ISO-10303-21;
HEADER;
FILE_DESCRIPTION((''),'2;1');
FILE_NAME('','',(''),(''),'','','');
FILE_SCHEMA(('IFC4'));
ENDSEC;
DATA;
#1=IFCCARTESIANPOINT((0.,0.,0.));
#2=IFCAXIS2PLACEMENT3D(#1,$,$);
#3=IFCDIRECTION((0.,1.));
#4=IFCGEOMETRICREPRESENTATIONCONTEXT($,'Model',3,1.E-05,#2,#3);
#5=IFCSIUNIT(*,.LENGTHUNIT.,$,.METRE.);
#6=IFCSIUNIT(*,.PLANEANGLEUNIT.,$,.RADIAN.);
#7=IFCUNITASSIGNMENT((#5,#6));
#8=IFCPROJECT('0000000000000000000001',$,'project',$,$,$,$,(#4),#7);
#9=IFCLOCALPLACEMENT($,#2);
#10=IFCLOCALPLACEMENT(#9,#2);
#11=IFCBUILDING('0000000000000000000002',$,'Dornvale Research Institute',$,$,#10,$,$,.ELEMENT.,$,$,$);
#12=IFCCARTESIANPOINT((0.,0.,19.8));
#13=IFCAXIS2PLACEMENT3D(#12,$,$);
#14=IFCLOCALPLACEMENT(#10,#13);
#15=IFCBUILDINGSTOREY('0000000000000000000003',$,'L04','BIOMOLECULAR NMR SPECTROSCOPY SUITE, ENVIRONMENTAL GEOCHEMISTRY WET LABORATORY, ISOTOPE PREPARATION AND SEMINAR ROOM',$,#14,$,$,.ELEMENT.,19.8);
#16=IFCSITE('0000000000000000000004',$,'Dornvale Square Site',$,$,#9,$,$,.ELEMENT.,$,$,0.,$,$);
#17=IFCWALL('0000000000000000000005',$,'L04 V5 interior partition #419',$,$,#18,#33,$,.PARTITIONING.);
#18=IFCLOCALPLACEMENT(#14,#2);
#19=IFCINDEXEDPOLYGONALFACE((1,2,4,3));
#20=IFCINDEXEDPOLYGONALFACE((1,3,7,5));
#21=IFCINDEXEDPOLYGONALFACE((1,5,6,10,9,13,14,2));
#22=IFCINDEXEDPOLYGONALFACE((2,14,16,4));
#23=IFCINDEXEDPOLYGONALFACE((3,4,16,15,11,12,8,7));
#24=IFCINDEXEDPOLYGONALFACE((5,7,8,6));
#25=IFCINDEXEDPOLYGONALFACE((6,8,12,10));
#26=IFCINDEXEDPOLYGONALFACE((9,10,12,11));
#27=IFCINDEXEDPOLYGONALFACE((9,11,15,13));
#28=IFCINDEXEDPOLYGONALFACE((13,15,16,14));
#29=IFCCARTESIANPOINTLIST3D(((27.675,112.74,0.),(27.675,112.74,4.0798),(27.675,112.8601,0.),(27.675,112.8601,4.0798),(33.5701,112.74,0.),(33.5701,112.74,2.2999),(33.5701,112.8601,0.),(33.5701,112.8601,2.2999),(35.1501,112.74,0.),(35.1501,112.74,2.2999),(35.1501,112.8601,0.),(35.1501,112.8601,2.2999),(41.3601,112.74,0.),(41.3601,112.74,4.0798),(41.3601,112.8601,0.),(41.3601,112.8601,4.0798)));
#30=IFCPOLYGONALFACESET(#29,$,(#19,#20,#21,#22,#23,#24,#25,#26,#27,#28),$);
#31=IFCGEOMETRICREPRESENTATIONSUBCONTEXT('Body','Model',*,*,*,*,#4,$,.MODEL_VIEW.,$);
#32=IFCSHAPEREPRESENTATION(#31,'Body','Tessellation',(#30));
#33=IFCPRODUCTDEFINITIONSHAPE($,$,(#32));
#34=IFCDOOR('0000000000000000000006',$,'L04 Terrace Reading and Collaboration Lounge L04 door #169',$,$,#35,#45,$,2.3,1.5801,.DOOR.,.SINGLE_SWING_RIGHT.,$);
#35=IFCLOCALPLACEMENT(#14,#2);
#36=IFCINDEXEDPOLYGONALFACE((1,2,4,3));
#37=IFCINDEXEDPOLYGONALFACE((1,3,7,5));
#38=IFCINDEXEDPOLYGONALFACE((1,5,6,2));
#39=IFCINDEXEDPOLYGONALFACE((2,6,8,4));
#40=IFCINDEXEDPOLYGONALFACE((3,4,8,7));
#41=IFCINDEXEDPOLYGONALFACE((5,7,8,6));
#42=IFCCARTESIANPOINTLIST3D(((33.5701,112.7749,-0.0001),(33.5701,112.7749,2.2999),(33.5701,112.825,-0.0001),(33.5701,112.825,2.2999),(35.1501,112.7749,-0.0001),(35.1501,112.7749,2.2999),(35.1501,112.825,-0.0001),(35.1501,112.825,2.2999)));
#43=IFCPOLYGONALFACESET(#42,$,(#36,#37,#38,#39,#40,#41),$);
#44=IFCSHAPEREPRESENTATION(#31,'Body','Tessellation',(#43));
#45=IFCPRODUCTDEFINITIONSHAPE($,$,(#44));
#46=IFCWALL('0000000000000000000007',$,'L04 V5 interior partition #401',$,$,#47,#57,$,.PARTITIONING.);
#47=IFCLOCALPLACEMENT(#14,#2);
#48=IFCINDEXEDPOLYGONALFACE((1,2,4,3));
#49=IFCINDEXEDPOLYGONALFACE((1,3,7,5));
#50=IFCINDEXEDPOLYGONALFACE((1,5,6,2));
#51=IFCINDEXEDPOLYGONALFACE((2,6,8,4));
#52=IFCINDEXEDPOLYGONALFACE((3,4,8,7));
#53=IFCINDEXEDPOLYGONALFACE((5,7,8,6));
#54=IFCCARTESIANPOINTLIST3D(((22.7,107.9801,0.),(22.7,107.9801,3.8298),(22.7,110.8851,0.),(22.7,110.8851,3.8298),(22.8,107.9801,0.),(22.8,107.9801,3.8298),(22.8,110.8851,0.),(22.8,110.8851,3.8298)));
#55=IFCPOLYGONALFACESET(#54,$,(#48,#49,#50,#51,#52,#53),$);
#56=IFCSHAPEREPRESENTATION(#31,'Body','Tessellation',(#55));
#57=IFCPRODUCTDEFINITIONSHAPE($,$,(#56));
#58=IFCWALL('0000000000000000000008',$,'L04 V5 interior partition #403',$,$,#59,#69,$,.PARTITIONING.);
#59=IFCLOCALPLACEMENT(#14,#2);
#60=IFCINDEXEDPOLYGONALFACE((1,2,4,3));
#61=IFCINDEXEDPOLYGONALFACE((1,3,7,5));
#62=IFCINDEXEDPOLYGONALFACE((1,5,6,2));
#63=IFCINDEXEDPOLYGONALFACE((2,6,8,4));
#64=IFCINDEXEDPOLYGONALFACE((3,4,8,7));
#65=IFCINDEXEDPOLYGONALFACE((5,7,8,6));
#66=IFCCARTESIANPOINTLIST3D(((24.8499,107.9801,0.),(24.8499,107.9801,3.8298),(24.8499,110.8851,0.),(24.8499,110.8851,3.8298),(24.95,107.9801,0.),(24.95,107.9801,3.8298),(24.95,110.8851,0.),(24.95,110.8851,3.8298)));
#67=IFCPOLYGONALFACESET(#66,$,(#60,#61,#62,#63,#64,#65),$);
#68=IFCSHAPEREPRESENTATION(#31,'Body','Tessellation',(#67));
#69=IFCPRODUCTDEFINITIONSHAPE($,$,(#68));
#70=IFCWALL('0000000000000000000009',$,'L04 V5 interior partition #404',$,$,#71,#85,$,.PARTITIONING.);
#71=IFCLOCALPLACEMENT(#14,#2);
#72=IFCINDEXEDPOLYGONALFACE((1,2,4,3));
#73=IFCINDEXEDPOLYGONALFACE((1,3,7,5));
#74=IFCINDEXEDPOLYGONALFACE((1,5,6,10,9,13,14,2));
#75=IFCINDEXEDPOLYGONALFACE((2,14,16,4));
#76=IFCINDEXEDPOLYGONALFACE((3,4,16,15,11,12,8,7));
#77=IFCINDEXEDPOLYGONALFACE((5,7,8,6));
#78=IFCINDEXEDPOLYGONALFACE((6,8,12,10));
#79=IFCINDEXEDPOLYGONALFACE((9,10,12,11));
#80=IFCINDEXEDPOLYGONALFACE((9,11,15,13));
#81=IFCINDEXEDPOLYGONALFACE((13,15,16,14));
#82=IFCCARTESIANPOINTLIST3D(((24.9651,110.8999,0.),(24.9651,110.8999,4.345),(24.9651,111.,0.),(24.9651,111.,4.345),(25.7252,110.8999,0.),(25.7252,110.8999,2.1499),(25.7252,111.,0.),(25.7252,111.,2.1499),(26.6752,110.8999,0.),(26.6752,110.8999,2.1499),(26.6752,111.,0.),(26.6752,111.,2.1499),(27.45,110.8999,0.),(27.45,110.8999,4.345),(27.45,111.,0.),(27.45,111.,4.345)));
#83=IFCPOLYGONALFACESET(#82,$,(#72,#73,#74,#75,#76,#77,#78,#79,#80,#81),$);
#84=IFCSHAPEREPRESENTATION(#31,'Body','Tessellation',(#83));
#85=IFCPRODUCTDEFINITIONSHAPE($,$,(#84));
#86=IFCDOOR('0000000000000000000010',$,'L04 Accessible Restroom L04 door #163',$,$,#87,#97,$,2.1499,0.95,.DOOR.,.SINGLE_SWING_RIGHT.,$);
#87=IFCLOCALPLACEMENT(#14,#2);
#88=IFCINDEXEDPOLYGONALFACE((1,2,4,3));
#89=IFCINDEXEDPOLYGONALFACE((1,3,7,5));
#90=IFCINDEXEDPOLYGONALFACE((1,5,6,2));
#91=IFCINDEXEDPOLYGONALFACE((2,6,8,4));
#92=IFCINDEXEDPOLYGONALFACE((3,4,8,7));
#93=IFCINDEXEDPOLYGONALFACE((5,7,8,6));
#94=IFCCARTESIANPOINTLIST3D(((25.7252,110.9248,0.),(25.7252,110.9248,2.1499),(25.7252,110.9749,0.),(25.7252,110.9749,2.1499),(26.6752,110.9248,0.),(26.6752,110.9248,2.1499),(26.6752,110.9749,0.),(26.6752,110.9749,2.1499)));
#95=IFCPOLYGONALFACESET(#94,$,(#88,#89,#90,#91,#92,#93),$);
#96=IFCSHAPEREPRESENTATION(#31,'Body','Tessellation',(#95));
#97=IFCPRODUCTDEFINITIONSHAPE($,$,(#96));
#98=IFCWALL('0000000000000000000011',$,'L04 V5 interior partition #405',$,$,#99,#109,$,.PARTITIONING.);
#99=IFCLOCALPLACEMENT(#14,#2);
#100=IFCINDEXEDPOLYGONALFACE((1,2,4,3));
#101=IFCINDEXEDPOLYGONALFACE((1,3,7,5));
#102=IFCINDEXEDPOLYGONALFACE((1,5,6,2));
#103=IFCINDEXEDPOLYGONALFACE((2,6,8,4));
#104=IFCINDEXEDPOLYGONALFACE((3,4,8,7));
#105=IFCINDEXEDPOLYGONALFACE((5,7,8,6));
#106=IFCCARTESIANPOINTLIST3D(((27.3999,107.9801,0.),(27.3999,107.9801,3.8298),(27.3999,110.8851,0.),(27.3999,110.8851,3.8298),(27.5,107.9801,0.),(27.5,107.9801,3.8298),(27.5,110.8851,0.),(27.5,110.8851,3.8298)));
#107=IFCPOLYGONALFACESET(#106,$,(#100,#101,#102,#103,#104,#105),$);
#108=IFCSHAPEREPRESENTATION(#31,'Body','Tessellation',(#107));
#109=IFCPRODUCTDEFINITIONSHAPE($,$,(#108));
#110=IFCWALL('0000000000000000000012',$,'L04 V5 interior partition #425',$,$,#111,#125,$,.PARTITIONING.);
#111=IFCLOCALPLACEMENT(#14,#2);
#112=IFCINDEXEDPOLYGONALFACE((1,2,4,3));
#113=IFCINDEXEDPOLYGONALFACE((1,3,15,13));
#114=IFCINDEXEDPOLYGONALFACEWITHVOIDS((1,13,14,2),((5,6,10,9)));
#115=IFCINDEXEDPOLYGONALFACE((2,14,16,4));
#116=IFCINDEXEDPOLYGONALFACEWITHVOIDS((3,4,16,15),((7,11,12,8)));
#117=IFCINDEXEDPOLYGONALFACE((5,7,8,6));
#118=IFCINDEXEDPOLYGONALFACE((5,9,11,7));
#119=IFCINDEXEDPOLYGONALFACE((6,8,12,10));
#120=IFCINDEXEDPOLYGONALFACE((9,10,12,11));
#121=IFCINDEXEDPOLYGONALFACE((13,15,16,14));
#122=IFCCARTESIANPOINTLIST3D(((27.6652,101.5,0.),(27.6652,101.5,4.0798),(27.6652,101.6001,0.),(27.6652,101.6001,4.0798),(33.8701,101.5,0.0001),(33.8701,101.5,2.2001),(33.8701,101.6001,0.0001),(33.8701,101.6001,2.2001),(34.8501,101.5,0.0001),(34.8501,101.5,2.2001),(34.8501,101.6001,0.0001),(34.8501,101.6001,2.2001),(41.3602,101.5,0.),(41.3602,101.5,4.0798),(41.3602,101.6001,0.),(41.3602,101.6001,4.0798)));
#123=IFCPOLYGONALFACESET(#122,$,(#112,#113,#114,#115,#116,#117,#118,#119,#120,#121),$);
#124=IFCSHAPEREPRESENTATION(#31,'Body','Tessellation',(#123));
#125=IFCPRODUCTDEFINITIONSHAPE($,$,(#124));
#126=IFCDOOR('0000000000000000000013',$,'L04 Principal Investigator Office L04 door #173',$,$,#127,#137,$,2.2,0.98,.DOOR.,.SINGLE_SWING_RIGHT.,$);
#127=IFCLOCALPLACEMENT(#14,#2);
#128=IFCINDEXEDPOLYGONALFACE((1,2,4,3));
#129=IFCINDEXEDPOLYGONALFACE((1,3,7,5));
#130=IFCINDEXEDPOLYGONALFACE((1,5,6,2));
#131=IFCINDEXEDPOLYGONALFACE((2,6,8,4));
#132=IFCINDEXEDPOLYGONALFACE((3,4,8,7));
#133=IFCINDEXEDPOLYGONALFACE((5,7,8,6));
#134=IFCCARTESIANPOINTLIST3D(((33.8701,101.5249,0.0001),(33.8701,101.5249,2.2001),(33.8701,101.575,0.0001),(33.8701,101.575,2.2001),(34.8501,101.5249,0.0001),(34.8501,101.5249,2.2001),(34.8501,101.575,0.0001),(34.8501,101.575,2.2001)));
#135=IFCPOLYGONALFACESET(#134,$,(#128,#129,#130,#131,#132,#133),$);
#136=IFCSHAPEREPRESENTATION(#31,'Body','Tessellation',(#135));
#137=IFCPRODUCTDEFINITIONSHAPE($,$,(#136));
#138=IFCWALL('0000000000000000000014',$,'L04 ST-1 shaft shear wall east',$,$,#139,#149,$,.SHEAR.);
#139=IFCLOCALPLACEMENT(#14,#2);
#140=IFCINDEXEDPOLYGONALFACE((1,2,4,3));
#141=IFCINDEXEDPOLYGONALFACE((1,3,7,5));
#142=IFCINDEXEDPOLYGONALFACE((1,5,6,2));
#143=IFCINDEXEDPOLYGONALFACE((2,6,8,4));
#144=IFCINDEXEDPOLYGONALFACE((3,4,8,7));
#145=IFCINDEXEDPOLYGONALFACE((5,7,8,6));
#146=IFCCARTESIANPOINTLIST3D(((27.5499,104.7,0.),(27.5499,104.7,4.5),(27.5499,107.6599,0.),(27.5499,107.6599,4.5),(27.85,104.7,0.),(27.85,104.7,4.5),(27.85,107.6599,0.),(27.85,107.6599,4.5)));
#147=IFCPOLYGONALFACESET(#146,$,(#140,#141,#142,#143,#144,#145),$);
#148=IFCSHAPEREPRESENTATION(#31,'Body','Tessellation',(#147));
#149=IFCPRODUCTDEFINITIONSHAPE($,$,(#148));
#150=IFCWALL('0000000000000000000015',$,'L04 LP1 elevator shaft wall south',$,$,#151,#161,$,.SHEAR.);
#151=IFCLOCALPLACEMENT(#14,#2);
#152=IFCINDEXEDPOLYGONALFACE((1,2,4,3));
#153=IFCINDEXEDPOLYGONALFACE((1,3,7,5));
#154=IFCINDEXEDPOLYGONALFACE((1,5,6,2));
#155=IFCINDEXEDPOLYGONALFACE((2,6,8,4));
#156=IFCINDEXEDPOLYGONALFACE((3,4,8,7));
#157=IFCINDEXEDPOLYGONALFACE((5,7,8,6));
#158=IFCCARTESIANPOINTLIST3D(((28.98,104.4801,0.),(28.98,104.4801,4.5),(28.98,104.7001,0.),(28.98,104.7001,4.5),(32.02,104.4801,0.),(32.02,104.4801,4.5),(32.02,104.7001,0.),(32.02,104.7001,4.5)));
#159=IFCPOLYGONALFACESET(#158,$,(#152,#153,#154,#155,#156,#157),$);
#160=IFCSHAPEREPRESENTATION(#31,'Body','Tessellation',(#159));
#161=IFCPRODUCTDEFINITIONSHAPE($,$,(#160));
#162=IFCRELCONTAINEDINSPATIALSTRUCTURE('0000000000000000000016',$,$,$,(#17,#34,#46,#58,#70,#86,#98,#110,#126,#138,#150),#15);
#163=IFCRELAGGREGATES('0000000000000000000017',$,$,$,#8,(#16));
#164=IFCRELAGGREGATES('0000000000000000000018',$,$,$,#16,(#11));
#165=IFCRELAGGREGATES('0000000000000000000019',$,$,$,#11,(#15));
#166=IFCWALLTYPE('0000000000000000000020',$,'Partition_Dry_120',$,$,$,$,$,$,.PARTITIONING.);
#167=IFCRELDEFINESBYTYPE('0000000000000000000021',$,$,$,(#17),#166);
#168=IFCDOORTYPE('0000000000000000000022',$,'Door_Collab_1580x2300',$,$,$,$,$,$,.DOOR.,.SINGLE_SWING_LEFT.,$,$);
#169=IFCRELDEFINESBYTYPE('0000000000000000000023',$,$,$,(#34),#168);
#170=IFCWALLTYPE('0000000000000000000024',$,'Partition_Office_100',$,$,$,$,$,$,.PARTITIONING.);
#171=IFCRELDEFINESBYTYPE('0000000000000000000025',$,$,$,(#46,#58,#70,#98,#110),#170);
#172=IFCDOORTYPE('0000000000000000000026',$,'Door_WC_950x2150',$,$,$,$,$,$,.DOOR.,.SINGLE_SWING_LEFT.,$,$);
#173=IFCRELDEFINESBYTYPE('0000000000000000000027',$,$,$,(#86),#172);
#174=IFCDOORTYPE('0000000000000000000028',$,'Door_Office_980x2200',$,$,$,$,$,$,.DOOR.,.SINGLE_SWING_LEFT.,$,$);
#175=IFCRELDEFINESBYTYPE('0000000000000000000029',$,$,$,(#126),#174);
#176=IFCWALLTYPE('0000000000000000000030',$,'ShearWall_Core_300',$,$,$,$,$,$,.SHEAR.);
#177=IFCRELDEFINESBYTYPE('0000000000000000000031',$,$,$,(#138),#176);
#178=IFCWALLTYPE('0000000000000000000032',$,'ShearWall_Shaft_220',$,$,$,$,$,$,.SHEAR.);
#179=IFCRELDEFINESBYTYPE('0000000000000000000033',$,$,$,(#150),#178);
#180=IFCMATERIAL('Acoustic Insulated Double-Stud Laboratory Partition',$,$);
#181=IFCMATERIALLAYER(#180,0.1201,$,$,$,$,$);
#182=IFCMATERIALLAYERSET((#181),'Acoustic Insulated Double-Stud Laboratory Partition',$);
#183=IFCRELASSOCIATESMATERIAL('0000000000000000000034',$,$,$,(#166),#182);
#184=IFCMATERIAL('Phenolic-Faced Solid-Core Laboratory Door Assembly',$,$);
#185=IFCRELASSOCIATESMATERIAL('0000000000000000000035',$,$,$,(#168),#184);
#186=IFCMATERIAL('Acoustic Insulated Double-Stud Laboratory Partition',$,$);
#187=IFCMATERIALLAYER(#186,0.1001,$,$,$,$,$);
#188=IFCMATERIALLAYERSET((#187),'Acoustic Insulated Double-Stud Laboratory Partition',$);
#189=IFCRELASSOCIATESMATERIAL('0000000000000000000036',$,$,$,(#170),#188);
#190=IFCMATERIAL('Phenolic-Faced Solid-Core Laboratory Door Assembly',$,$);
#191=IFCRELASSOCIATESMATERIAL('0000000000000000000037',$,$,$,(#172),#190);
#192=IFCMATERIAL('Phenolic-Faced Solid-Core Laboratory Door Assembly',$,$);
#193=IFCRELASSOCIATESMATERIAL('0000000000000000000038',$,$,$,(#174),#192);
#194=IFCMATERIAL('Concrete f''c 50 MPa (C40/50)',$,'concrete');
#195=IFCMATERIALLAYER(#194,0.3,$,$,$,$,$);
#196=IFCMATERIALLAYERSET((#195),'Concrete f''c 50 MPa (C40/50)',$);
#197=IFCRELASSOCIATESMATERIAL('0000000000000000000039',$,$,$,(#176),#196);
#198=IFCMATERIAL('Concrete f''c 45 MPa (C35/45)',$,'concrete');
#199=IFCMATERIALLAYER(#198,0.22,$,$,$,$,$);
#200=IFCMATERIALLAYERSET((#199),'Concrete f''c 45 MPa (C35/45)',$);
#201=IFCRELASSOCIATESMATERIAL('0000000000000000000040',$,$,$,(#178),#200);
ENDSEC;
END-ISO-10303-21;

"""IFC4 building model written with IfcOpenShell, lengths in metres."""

from ifc_helpers import new_model, si_unit, direction, frame, frame_2d, origin, place, context, subcontext, project, spatial, rectangle, extrude, material, layer, layer_set, type_object, element, fill, save


model = new_model("IFC4")

# Units and contexts
model_context = context("Model", 3, precision=1e-05, world=origin(), true_north=direction((0.0, 1.0)))
body_context = subcontext(model_context, "Body", "Model", "MODEL_VIEW")
ifc_project = project(units=[si_unit("LENGTHUNIT", "METRE"), si_unit("PLANEANGLEUNIT", "RADIAN")], contexts=[model_context])

# Site, building, storey
site_placement = place(None, origin())
site = spatial("IfcSite", under=ifc_project, at=site_placement, Name="Dornvale Square Site", CompositionType="ELEMENT", RefElevation=0.0)
building_placement = place(site_placement, origin())
building = spatial("IfcBuilding", under=site, at=building_placement, Name="Dornvale Research Institute", CompositionType="ELEMENT")
storey_placement = place(building_placement, frame((0.0, 0.0, 19.8)))
storey = spatial("IfcBuildingStorey", under=building, at=storey_placement, Name="L04", Description="BIOMOLECULAR NMR SPECTROSCOPY SUITE, ENVIRONMENTAL GEOCHEMISTRY WET LABORATORY, ISOTOPE PREPARATION AND SEMINAR ROOM", CompositionType="ELEMENT", Elevation=19.8)

# Shared definitions
ifc_material_1 = material(Name="Acoustic Insulated Double-Stud Laboratory Partition")
ifc_layer_1 = layer(ifc_material_1, 0.1201)
ifc_layer_set_1 = layer_set([ifc_layer_1], Name="Acoustic Insulated Double-Stud Laboratory Partition")
wall_type_1 = type_object("IfcWallType", Name="Partition_Dry_120", PredefinedType="PARTITIONING", material=ifc_layer_set_1)

# Wall, opening, door
wall_1_placement = place(storey_placement, frame((27.675, 112.8, 0.0), z_axis=(0.0, 0.0, 1.0), x_axis=(1.0, 0.0, 0.0)))
wall_1 = element("IfcWall", 1, at=wall_1_placement, inside=storey, type_object=wall_type_1, Name="L04 V5 interior partition #419", PredefinedType="PARTITIONING", context=body_context, shape_type="SweptSolid", body=[
    extrude(rectangle(XDim=13.6851, YDim=0.1201, at=frame_2d((6.8425, 0.0))), origin(), (0.0, 0.0, 1.0), 4.0798),
])
opening_1_placement = place(wall_1_placement, frame((5.895, 0.0, 0.0)))
opening_1 = element("IfcOpeningElement", 2, at=opening_1_placement, cuts=wall_1, PredefinedType="OPENING", context=body_context, shape_type="SweptSolid", body=[
    extrude(rectangle(XDim=1.5801, YDim=2.3, at=frame_2d((0.79, 1.1499))), frame((0.0, 0.075, 0.0), z_axis=(0.0, -1.0, 0.0), x_axis=(1.0, 0.0, 0.0)), (0.0, 0.0, 1.0), 0.1501),
])
ifc_material_2 = material(Name="Phenolic-Faced Solid-Core Laboratory Door Assembly")
door_type_1 = type_object("IfcDoorType", Name="Door_Collab_1580x2300", OperationType="SINGLE_SWING_LEFT", PredefinedType="DOOR", material=ifc_material_2)
door_1_placement = place(opening_1_placement, origin())
door_1 = element("IfcDoor", 3, at=door_1_placement, inside=storey, type_object=door_type_1, Name="L04 Terrace Reading and Collaboration Lounge L04 door #169", OperationType="SINGLE_SWING_RIGHT", OverallHeight=2.3, OverallWidth=1.5801, PredefinedType="DOOR", context=body_context, shape_type="SweptSolid", body=[
    extrude(rectangle(XDim=1.5801, YDim=2.3, at=frame_2d((0.79, 1.1499))), frame((0.0, 0.0249, 0.0), z_axis=(0.0, -1.0, 0.0), x_axis=(1.0, 0.0, 0.0)), (0.0, 0.0, 1.0), 0.05),
])
fill(opening_1, door_1)

# Wall
ifc_material_3 = material(Name="Acoustic Insulated Double-Stud Laboratory Partition")
ifc_layer_2 = layer(ifc_material_3, 0.1001)
ifc_layer_set_2 = layer_set([ifc_layer_2], Name="Acoustic Insulated Double-Stud Laboratory Partition")
wall_type_2 = type_object("IfcWallType", Name="Partition_Office_100", PredefinedType="PARTITIONING", material=ifc_layer_set_2)
wall_2_placement = place(storey_placement, frame((22.75, 107.98, 0.0), z_axis=(0.0, 0.0, 1.0), x_axis=(0.0, 1.0, 0.0)))
element("IfcWall", 4, at=wall_2_placement, inside=storey, type_object=wall_type_2, Name="L04 V5 interior partition #401", PredefinedType="PARTITIONING", context=body_context, shape_type="SweptSolid", body=[
    extrude(rectangle(XDim=2.905, YDim=0.1001, at=frame_2d((1.4526, 0.0))), origin(), (0.0, 0.0, 1.0), 3.8298),
])

# Wall
wall_3_placement = place(storey_placement, frame((24.8999, 107.98, 0.0), z_axis=(0.0, 0.0, 1.0), x_axis=(0.0, 1.0, 0.0)))
element("IfcWall", 5, at=wall_3_placement, inside=storey, type_object=wall_type_2, Name="L04 V5 interior partition #403", PredefinedType="PARTITIONING", context=body_context, shape_type="SweptSolid", body=[
    extrude(rectangle(XDim=2.905, YDim=0.1001, at=frame_2d((1.4526, 0.0))), origin(), (0.0, 0.0, 1.0), 3.8298),
])

# Wall, opening, door
wall_4_placement = place(storey_placement, frame((24.9651, 110.95, 0.0), z_axis=(0.0, 0.0, 1.0), x_axis=(1.0, 0.0, 0.0)))
wall_4 = element("IfcWall", 6, at=wall_4_placement, inside=storey, type_object=wall_type_2, Name="L04 V5 interior partition #404", PredefinedType="PARTITIONING", context=body_context, shape_type="SweptSolid", body=[
    extrude(rectangle(XDim=2.4849, YDim=0.1001, at=frame_2d((1.2424, 0.0))), origin(), (0.0, 0.0, 1.0), 4.345),
])
opening_2_placement = place(wall_4_placement, frame((0.76, 0.0, 0.0)))
opening_2 = element("IfcOpeningElement", 7, at=opening_2_placement, cuts=wall_4, PredefinedType="OPENING", context=body_context, shape_type="SweptSolid", body=[
    extrude(rectangle(XDim=0.95, YDim=2.1499, at=frame_2d((0.4751, 1.075))), frame((0.0, 0.0649, 0.0), z_axis=(0.0, -1.0, 0.0), x_axis=(1.0, 0.0, 0.0)), (0.0, 0.0, 1.0), 0.1301),
])
ifc_material_4 = material(Name="Phenolic-Faced Solid-Core Laboratory Door Assembly")
door_type_2 = type_object("IfcDoorType", Name="Door_WC_950x2150", OperationType="SINGLE_SWING_LEFT", PredefinedType="DOOR", material=ifc_material_4)
door_2_placement = place(opening_2_placement, origin())
door_2 = element("IfcDoor", 8, at=door_2_placement, inside=storey, type_object=door_type_2, Name="L04 Accessible Restroom L04 door #163", OperationType="SINGLE_SWING_RIGHT", OverallHeight=2.1499, OverallWidth=0.95, PredefinedType="DOOR", context=body_context, shape_type="SweptSolid", body=[
    extrude(rectangle(XDim=0.95, YDim=2.1499, at=frame_2d((0.4751, 1.075))), frame((0.0, 0.0249, 0.0), z_axis=(0.0, -1.0, 0.0), x_axis=(1.0, 0.0, 0.0)), (0.0, 0.0, 1.0), 0.05),
])
fill(opening_2, door_2)

# Wall
wall_5_placement = place(storey_placement, frame((27.45, 107.98, 0.0), z_axis=(0.0, 0.0, 1.0), x_axis=(0.0, 1.0, 0.0)))
element("IfcWall", 9, at=wall_5_placement, inside=storey, type_object=wall_type_2, Name="L04 V5 interior partition #405", PredefinedType="PARTITIONING", context=body_context, shape_type="SweptSolid", body=[
    extrude(rectangle(XDim=2.905, YDim=0.1001, at=frame_2d((1.4526, 0.0))), origin(), (0.0, 0.0, 1.0), 3.8298),
])

# Wall, opening, door
wall_6_placement = place(storey_placement, frame((27.665, 101.55, 0.0), z_axis=(0.0, 0.0, 1.0), x_axis=(1.0, 0.0, 0.0)))
wall_6 = element("IfcWall", 10, at=wall_6_placement, inside=storey, type_object=wall_type_2, Name="L04 V5 interior partition #425", PredefinedType="PARTITIONING", context=body_context, shape_type="SweptSolid", body=[
    extrude(rectangle(XDim=13.6951, YDim=0.1001, at=frame_2d((6.8477, 0.0))), origin(), (0.0, 0.0, 1.0), 4.0798),
])
opening_3_placement = place(wall_6_placement, frame((6.2051, 0.0, 0.0)))
opening_3 = element("IfcOpeningElement", 11, at=opening_3_placement, cuts=wall_6, PredefinedType="OPENING", context=body_context, shape_type="SweptSolid", body=[
    extrude(rectangle(XDim=0.98, YDim=2.2, at=frame_2d((0.49, 1.1001))), frame((0.0, 0.0649, 0.0), z_axis=(0.0, -1.0, 0.0), x_axis=(1.0, 0.0, 0.0)), (0.0, 0.0, 1.0), 0.1301),
])
ifc_material_5 = material(Name="Phenolic-Faced Solid-Core Laboratory Door Assembly")
door_type_3 = type_object("IfcDoorType", Name="Door_Office_980x2200", OperationType="SINGLE_SWING_LEFT", PredefinedType="DOOR", material=ifc_material_5)
door_3_placement = place(opening_3_placement, origin())
door_3 = element("IfcDoor", 12, at=door_3_placement, inside=storey, type_object=door_type_3, Name="L04 Principal Investigator Office L04 door #173", OperationType="SINGLE_SWING_RIGHT", OverallHeight=2.2, OverallWidth=0.98, PredefinedType="DOOR", context=body_context, shape_type="SweptSolid", body=[
    extrude(rectangle(XDim=0.98, YDim=2.2, at=frame_2d((0.49, 1.1001))), frame((0.0, 0.0249, 0.0), z_axis=(0.0, -1.0, 0.0), x_axis=(1.0, 0.0, 0.0)), (0.0, 0.0, 1.0), 0.05),
])
fill(opening_3, door_3)

# Walls
ifc_material_6 = material(Name="Concrete f'c 50 MPa (C40/50)", Category="concrete")
ifc_layer_3 = layer(ifc_material_6, 0.3)
ifc_layer_set_3 = layer_set([ifc_layer_3], Name="Concrete f'c 50 MPa (C40/50)")
wall_type_3 = type_object("IfcWallType", Name="ShearWall_Core_300", PredefinedType="SHEAR", material=ifc_layer_set_3)
wall_7_placement = place(storey_placement, frame((27.7, 104.7, 0.0), z_axis=(0.0, 0.0, 1.0), x_axis=(0.0, 1.0, 0.0)))
element("IfcWall", 13, at=wall_7_placement, inside=storey, type_object=wall_type_3, Name="L04 ST-1 shaft shear wall east", PredefinedType="SHEAR", context=body_context, shape_type="SweptSolid", body=[
    extrude(rectangle(XDim=2.96, YDim=0.3, at=frame_2d((1.48, 0.0))), origin(), (0.0, 0.0, 1.0), 4.5),
])
ifc_material_7 = material(Name="Concrete f'c 45 MPa (C35/45)", Category="concrete")
ifc_layer_4 = layer(ifc_material_7, 0.22)
ifc_layer_set_4 = layer_set([ifc_layer_4], Name="Concrete f'c 45 MPa (C35/45)")
wall_type_4 = type_object("IfcWallType", Name="ShearWall_Shaft_220", PredefinedType="SHEAR", material=ifc_layer_set_4)
wall_8_placement = place(storey_placement, frame((28.98, 104.5901, 0.0), z_axis=(0.0, 0.0, 1.0), x_axis=(1.0, 0.0, 0.0)))
element("IfcWall", 14, at=wall_8_placement, inside=storey, type_object=wall_type_4, Name="L04 LP1 elevator shaft wall south", PredefinedType="SHEAR", context=body_context, shape_type="SweptSolid", body=[
    extrude(rectangle(XDim=3.04, YDim=0.22, at=frame_2d((1.52, 0.0))), origin(), (0.0, 0.0, 1.0), 4.5),
])

save(model, "model.ifc")
